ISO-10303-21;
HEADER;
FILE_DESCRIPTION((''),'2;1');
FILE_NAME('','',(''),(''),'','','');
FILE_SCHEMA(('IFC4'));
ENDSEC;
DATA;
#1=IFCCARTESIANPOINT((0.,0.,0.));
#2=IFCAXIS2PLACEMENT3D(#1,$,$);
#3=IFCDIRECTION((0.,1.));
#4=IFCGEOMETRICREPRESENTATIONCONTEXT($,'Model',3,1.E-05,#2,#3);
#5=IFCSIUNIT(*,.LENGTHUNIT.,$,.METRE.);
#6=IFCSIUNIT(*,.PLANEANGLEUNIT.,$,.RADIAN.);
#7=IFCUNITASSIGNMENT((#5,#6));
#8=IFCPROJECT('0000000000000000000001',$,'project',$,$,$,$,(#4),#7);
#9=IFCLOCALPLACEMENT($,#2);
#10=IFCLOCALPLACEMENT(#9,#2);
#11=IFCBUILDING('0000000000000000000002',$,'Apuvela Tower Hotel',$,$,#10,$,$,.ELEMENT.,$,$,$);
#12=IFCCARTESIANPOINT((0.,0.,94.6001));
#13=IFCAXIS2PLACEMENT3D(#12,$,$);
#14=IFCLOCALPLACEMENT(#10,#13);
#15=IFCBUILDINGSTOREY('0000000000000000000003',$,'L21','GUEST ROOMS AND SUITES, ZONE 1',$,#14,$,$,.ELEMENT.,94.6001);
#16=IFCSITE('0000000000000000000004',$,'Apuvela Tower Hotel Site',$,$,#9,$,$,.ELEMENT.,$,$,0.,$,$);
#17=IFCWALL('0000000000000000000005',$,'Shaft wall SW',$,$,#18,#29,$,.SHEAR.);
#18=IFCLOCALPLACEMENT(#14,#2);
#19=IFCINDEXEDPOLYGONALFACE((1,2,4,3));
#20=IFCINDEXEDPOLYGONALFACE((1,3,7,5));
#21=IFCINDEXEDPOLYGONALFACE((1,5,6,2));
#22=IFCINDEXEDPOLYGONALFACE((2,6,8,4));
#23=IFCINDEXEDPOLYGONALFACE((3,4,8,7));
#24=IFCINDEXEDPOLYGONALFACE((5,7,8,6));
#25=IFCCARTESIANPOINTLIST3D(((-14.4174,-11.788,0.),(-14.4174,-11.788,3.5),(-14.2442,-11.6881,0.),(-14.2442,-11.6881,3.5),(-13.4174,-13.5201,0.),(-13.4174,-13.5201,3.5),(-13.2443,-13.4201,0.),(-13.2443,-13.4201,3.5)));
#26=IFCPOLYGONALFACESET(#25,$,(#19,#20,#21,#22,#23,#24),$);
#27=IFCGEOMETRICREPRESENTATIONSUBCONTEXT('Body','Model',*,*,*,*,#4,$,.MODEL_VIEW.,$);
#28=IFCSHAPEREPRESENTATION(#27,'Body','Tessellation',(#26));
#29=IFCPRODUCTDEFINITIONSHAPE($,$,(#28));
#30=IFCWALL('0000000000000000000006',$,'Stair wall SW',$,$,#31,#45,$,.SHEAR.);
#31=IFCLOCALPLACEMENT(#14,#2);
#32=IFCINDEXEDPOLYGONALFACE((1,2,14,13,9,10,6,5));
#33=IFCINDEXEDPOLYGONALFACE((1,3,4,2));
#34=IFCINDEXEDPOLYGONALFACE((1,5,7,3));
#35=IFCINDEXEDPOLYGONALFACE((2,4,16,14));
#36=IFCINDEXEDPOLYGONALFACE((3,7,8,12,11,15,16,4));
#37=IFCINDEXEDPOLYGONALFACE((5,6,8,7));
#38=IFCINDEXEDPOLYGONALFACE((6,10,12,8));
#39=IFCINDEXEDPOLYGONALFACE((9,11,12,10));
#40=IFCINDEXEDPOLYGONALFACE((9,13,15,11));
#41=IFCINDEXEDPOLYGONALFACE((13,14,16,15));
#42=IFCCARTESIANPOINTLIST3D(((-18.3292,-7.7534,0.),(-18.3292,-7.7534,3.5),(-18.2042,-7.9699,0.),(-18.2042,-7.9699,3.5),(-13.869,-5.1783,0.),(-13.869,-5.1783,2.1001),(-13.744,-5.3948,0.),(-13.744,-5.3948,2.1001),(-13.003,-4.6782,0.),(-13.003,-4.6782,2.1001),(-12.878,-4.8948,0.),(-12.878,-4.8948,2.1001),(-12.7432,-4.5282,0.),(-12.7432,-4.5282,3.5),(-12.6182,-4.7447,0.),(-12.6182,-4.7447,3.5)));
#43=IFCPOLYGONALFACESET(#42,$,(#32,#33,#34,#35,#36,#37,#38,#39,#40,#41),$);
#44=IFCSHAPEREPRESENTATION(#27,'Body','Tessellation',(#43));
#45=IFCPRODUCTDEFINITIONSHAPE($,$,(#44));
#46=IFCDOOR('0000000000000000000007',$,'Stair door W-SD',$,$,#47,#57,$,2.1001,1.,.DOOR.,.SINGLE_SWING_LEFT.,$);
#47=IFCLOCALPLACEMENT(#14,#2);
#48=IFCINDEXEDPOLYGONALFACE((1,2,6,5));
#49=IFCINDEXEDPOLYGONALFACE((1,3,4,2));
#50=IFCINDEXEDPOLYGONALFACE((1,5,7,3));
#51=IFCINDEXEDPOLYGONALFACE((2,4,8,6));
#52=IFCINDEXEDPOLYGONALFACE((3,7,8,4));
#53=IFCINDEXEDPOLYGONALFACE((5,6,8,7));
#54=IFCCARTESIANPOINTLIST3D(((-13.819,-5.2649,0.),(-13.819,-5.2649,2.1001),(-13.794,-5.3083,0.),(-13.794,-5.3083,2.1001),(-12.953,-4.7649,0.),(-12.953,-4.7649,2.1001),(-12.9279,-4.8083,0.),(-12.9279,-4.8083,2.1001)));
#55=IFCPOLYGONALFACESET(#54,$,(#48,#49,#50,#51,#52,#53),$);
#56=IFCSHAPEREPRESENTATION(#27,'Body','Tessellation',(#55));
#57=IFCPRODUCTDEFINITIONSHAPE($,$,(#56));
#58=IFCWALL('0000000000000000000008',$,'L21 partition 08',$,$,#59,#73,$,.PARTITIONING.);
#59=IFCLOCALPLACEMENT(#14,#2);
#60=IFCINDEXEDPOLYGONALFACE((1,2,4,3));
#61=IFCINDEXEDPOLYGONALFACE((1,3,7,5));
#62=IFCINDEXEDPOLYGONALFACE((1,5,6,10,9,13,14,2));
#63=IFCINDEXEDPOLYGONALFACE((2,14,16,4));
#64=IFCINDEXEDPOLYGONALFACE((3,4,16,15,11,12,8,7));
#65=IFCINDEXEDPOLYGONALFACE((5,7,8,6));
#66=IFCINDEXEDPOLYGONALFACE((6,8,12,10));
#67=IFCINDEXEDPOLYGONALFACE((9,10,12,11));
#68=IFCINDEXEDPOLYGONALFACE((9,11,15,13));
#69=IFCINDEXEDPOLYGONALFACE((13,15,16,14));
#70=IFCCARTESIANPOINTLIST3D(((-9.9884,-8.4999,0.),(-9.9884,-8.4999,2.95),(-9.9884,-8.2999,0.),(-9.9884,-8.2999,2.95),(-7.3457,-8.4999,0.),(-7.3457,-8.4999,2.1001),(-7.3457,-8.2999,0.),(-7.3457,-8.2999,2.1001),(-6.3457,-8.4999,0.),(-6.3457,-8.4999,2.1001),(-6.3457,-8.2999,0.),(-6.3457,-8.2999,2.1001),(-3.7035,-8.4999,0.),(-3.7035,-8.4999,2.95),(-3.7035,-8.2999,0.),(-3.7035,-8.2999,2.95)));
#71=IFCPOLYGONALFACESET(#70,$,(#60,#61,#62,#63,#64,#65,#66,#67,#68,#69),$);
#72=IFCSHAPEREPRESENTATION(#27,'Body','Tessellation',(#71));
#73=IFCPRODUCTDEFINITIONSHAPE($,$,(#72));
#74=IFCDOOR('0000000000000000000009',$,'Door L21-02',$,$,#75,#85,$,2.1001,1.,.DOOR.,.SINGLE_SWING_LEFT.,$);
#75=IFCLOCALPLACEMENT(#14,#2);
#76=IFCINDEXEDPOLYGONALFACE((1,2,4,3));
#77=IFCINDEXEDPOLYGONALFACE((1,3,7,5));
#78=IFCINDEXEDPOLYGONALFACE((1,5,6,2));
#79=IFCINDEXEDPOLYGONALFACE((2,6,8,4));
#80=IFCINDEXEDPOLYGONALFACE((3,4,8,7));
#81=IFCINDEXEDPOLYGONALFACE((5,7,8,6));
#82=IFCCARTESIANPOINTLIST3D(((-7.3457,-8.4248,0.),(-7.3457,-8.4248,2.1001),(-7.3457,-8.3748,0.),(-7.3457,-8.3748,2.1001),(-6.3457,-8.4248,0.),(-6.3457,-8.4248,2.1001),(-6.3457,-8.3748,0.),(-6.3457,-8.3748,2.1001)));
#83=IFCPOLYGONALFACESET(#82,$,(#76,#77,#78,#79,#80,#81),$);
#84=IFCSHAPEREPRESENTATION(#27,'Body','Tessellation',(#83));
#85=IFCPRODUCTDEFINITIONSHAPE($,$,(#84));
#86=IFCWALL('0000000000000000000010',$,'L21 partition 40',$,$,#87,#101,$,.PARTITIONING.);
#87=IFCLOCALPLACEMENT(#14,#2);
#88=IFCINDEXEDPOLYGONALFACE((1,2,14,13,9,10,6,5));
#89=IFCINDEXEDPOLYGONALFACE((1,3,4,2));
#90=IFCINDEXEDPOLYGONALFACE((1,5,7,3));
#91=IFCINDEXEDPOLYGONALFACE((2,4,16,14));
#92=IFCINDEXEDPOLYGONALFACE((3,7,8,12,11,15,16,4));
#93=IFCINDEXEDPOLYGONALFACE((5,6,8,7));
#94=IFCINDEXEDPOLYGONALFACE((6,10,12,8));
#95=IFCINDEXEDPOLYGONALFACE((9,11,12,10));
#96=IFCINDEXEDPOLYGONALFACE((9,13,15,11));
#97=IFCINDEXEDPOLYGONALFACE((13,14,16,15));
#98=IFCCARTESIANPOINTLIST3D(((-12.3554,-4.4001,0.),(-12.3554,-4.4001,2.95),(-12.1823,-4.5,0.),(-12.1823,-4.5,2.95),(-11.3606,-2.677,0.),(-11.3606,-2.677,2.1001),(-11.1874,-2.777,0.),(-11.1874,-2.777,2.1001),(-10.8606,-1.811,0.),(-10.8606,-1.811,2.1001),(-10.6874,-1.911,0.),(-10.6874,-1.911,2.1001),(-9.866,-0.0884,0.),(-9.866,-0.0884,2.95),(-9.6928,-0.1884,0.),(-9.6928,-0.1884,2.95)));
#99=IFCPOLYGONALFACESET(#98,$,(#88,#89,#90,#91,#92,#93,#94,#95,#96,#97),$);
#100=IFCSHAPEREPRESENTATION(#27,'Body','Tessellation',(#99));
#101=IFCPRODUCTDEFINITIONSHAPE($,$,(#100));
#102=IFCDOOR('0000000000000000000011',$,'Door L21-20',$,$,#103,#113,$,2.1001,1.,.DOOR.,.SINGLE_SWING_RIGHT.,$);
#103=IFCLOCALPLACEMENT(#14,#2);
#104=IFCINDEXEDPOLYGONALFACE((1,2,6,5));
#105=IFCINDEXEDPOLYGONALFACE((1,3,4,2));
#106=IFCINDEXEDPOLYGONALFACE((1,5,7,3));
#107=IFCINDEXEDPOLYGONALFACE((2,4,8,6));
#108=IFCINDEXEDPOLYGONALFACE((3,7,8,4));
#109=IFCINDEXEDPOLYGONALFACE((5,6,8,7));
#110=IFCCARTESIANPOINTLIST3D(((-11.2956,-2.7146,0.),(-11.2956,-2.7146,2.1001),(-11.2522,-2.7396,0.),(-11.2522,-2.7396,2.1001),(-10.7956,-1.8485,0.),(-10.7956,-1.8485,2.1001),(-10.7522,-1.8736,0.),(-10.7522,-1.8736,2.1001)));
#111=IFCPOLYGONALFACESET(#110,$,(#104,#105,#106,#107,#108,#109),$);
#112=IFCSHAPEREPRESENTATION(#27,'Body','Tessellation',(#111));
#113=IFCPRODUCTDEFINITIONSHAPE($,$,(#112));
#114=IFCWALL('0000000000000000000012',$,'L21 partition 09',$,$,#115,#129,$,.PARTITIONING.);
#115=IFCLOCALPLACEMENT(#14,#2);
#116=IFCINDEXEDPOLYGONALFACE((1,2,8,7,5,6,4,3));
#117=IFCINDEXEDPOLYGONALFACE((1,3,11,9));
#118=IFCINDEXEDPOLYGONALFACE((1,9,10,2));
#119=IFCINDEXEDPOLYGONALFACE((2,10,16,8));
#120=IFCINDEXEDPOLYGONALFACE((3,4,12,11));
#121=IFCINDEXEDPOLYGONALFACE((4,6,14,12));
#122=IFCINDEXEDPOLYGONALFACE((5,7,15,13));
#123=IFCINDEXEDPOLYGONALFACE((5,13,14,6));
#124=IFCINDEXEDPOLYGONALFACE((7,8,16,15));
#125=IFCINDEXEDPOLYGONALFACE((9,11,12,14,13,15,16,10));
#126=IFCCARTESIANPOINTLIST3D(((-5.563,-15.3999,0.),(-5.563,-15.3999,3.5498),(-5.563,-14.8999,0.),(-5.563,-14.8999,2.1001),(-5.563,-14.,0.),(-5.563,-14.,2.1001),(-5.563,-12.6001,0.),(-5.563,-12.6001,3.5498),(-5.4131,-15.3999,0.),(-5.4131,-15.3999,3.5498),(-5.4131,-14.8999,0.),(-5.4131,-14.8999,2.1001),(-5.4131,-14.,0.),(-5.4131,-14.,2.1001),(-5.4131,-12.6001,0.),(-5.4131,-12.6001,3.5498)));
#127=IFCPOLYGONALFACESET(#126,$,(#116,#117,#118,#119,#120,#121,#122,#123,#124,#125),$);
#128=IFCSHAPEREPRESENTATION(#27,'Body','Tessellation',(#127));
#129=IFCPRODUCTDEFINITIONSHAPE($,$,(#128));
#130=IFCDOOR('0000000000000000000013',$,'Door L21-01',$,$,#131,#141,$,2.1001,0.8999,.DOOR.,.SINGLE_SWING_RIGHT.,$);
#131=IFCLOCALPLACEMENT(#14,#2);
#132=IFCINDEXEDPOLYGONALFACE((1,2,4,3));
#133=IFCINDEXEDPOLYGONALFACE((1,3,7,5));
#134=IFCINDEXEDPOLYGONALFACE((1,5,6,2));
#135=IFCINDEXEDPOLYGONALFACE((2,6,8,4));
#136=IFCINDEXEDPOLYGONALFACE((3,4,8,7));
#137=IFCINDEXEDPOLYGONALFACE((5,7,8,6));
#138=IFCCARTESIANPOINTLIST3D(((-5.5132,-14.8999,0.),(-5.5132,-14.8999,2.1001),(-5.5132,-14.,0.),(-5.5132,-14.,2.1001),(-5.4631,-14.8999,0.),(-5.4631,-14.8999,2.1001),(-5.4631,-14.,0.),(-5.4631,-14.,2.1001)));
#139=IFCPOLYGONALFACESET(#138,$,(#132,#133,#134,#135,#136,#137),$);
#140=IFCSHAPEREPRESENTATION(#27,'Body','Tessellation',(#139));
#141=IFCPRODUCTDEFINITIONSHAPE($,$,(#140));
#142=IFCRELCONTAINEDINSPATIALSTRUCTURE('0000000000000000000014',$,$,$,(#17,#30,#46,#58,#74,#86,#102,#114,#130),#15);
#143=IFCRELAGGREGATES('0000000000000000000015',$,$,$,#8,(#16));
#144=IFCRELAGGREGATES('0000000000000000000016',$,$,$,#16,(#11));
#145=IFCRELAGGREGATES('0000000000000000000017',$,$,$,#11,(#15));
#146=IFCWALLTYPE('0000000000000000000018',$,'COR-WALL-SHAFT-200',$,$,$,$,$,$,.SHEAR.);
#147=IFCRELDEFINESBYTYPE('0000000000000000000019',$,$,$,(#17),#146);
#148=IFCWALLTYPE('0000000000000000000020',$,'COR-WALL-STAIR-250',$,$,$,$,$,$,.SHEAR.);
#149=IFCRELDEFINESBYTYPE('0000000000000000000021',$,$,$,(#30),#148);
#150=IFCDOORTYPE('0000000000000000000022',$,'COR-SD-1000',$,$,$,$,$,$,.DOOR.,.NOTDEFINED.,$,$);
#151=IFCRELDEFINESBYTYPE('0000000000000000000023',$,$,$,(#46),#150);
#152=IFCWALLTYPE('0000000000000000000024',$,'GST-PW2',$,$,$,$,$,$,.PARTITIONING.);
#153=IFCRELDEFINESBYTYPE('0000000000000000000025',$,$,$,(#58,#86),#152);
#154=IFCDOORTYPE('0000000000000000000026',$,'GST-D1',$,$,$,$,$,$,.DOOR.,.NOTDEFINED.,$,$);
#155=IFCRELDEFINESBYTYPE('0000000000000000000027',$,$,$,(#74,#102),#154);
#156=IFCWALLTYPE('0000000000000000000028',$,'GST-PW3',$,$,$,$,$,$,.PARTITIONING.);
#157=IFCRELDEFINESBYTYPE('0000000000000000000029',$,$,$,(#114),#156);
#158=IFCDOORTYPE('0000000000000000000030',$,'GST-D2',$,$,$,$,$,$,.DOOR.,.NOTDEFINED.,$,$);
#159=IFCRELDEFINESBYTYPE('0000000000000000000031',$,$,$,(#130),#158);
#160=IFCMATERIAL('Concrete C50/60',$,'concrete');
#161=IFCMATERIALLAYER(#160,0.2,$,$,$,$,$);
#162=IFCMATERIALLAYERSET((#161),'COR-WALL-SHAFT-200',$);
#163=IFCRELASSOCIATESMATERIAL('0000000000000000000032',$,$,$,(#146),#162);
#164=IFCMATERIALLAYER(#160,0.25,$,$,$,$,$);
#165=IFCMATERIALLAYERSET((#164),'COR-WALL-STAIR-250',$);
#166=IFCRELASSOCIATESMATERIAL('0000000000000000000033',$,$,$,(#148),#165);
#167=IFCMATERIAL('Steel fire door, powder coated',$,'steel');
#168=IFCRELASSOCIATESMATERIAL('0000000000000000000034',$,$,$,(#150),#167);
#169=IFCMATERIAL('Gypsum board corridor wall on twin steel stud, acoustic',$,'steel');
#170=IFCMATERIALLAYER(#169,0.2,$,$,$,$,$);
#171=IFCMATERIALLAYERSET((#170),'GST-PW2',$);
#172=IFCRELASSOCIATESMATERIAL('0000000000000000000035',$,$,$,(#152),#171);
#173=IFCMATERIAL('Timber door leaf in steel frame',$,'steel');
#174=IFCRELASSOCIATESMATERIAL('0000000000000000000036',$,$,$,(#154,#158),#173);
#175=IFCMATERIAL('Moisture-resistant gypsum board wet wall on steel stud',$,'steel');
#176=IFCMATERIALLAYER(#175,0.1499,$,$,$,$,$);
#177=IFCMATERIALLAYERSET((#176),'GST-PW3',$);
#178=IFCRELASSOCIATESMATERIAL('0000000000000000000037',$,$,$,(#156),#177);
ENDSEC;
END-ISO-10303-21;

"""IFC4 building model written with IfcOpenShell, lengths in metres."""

from ifc_helpers import new_model, si_unit, direction, frame, frame_2d, origin, place, context, subcontext, project, spatial, rectangle, extrude, material, layer, layer_set, type_object, element, fill, save


model = new_model("IFC4")

# Units and contexts
model_context = context("Model", 3, precision=1e-05, world=origin(), true_north=direction((0.0, 1.0)))
body_context = subcontext(model_context, "Body", "Model", "MODEL_VIEW")
ifc_project = project(units=[si_unit("LENGTHUNIT", "METRE"), si_unit("PLANEANGLEUNIT", "RADIAN")], contexts=[model_context])

# Site, building, storey
site_placement = place(None, origin())
site = spatial("IfcSite", under=ifc_project, at=site_placement, Name="Apuvela Tower Hotel Site", CompositionType="ELEMENT", RefElevation=0.0)
building_placement = place(site_placement, origin())
building = spatial("IfcBuilding", under=site, at=building_placement, Name="Apuvela Tower Hotel", CompositionType="ELEMENT")
storey_placement = place(building_placement, frame((0.0, 0.0, 94.6001)))
storey = spatial("IfcBuildingStorey", under=building, at=storey_placement, Name="L21", Description="GUEST ROOMS AND SUITES, ZONE 1", CompositionType="ELEMENT", Elevation=94.6001)

# Shared definitions
ifc_material_1 = material(Name="Concrete C50/60", Category="concrete")

# Shared definitions
ifc_layer_1 = layer(ifc_material_1, 0.2)
ifc_layer_set_1 = layer_set([ifc_layer_1], Name="COR-WALL-SHAFT-200")
wall_type_1 = type_object("IfcWallType", Name="COR-WALL-SHAFT-200", PredefinedType="SHEAR", material=ifc_layer_set_1)

# Shared definitions
ifc_material_2 = material(Name="Steel fire door, powder coated", Category="steel")

# Wall
wall_1_placement = place(storey_placement, frame((-14.3308, -11.738, 0.0), z_axis=(0.0, 0.0, 1.0), x_axis=(0.499973, -0.866041, 0.0)))
element("IfcWall", 1, at=wall_1_placement, inside=storey, type_object=wall_type_1, Name="Shaft wall SW", PredefinedType="SHEAR", context=body_context, shape_type="SweptSolid", body=[
    extrude(rectangle(XDim=2.0, YDim=0.2, at=frame_2d((1.0, 0.0))), origin(), (0.0, 0.0, 1.0), 3.5),
])

# Walls, openings, doors
ifc_layer_2 = layer(ifc_material_1, 0.25)
ifc_layer_set_2 = layer_set([ifc_layer_2], Name="COR-WALL-STAIR-250")
wall_type_2 = type_object("IfcWallType", Name="COR-WALL-STAIR-250", PredefinedType="SHEAR", material=ifc_layer_set_2)
wall_2_placement = place(storey_placement, frame((-12.6807, -4.6365, 0.0), z_axis=(0.0, 0.0, 1.0), x_axis=(-0.866022, -0.500006, 0.0)))
wall_2 = element("IfcWall", 2, at=wall_2_placement, inside=storey, type_object=wall_type_2, Name="Stair wall SW", PredefinedType="SHEAR", context=body_context, shape_type="SweptSolid", body=[
    extrude(rectangle(XDim=6.4502, YDim=0.25, at=frame_2d((3.2251, 0.0))), origin(), (0.0, 0.0, 1.0), 3.5),
])
opening_1_placement = place(wall_2_placement, frame((0.3, 0.0, 0.0)))
opening_1 = element("IfcOpeningElement", 3, at=opening_1_placement, cuts=wall_2, PredefinedType="OPENING", context=body_context, shape_type="SweptSolid", body=[
    extrude(rectangle(XDim=1.0, YDim=2.1001, at=frame_2d((0.5, 1.05))), frame((0.0, 0.135, 0.0), z_axis=(0.0, -1.0, 0.0), x_axis=(1.0, 0.0, 0.0)), (0.0, 0.0, 1.0), 0.27),
])
door_type_1 = type_object("IfcDoorType", Name="COR-SD-1000", OperationType="NOTDEFINED", PredefinedType="DOOR", material=ifc_material_2)
door_1_placement = place(opening_1_placement, frame((1.0, 0.0, 0.0), z_axis=(0.0, 0.0, 1.0), x_axis=(-1.0, 0.0, 0.0)))
door_1 = element("IfcDoor", 4, at=door_1_placement, inside=storey, type_object=door_type_1, Name="Stair door W-SD", OperationType="SINGLE_SWING_LEFT", OverallHeight=2.1001, OverallWidth=1.0, PredefinedType="DOOR", context=body_context, shape_type="SweptSolid", body=[
    extrude(rectangle(XDim=1.0, YDim=2.1001, at=frame_2d((0.5, 1.05))), frame((0.0, 0.0249, 0.0), z_axis=(0.0, -1.0, 0.0), x_axis=(1.0, 0.0, 0.0)), (0.0, 0.0, 1.0), 0.05),
])
fill(opening_1, door_1)
ifc_material_3 = material(Name="Gypsum board corridor wall on twin steel stud, acoustic", Category="steel")
ifc_layer_3 = layer(ifc_material_3, 0.2)
ifc_layer_set_3 = layer_set([ifc_layer_3], Name="GST-PW2")
wall_type_3 = type_object("IfcWallType", Name="GST-PW2", PredefinedType="PARTITIONING", material=ifc_layer_set_3)
wall_3_placement = place(storey_placement, frame((-3.7034, -8.3999, 0.0), z_axis=(0.0, 0.0, 1.0), x_axis=(-1.0, 0.0, 0.0)))
wall_3 = element("IfcWall", 5, at=wall_3_placement, inside=storey, type_object=wall_type_3, Name="L21 partition 08", PredefinedType="PARTITIONING", context=body_context, shape_type="SweptSolid", body=[
    extrude(rectangle(XDim=6.2849, YDim=0.2, at=frame_2d((3.1426, 0.0))), origin(), (0.0, 0.0, 1.0), 2.95),
])
opening_2_placement = place(wall_3_placement, frame((2.6423, 0.0, 0.0)))
opening_2 = element("IfcOpeningElement", 6, at=opening_2_placement, cuts=wall_3, PredefinedType="OPENING", context=body_context, shape_type="SweptSolid", body=[
    extrude(rectangle(XDim=1.0, YDim=2.1001, at=frame_2d((0.5, 1.05))), frame((0.0, 0.1099, 0.0), z_axis=(0.0, -1.0, 0.0), x_axis=(1.0, 0.0, 0.0)), (0.0, 0.0, 1.0), 0.22),
])
ifc_material_4 = material(Name="Timber door leaf in steel frame", Category="steel")
door_type_2 = type_object("IfcDoorType", Name="GST-D1", OperationType="NOTDEFINED", PredefinedType="DOOR", material=ifc_material_4)
door_2_placement = place(opening_2_placement, origin())
door_2 = element("IfcDoor", 7, at=door_2_placement, inside=storey, type_object=door_type_2, Name="Door L21-02", OperationType="SINGLE_SWING_LEFT", OverallHeight=2.1001, OverallWidth=1.0, PredefinedType="DOOR", context=body_context, shape_type="SweptSolid", body=[
    extrude(rectangle(XDim=1.0, YDim=2.1001, at=frame_2d((0.5, 1.05))), frame((0.0, 0.0249, 0.0), z_axis=(0.0, -1.0, 0.0), x_axis=(1.0, 0.0, 0.0)), (0.0, 0.0, 1.0), 0.05),
])
fill(opening_2, door_2)
wall_4_placement = place(storey_placement, frame((-12.2688, -4.45, 0.0), z_axis=(0.0, 0.0, 1.0), x_axis=(0.500015, 0.866017, 0.0)))
wall_4 = element("IfcWall", 8, at=wall_4_placement, inside=storey, type_object=wall_type_3, Name="L21 partition 40", PredefinedType="PARTITIONING", context=body_context, shape_type="SweptSolid", body=[
    extrude(rectangle(XDim=4.9788, YDim=0.2, at=frame_2d((2.4893, 0.0))), origin(), (0.0, 0.0, 1.0), 2.95),
])
opening_3_placement = place(wall_4_placement, frame((1.9895, 0.0, 0.0)))
opening_3 = element("IfcOpeningElement", 9, at=opening_3_placement, cuts=wall_4, PredefinedType="OPENING", context=body_context, shape_type="SweptSolid", body=[
    extrude(rectangle(XDim=1.0, YDim=2.1001, at=frame_2d((0.5, 1.05))), frame((0.0, 0.1099, 0.0), z_axis=(0.0, -1.0, 0.0), x_axis=(1.0, 0.0, 0.0)), (0.0, 0.0, 1.0), 0.22),
])
door_3_placement = place(opening_3_placement, origin())
door_3 = element("IfcDoor", 10, at=door_3_placement, inside=storey, type_object=door_type_2, Name="Door L21-20", OperationType="SINGLE_SWING_RIGHT", OverallHeight=2.1001, OverallWidth=1.0, PredefinedType="DOOR", context=body_context, shape_type="SweptSolid", body=[
    extrude(rectangle(XDim=1.0, YDim=2.1001, at=frame_2d((0.5, 1.05))), frame((0.0, 0.0249, 0.0), z_axis=(0.0, -1.0, 0.0), x_axis=(1.0, 0.0, 0.0)), (0.0, 0.0, 1.0), 0.05),
])
fill(opening_3, door_3)
ifc_material_5 = material(Name="Moisture-resistant gypsum board wet wall on steel stud", Category="steel")
ifc_layer_4 = layer(ifc_material_5, 0.1499)
ifc_layer_set_4 = layer_set([ifc_layer_4], Name="GST-PW3")
wall_type_4 = type_object("IfcWallType", Name="GST-PW3", PredefinedType="PARTITIONING", material=ifc_layer_set_4)
wall_5_placement = place(storey_placement, frame((-5.488, -12.6001, 0.0), z_axis=(0.0, 0.0, 1.0), x_axis=(0.0, -1.0, 0.0)))
wall_5 = element("IfcWall", 11, at=wall_5_placement, inside=storey, type_object=wall_type_4, Name="L21 partition 09", PredefinedType="PARTITIONING", context=body_context, shape_type="SweptSolid", body=[
    extrude(rectangle(XDim=2.7998, YDim=0.1499, at=frame_2d((1.3999, 0.0))), origin(), (0.0, 0.0, 1.0), 3.5498),
])
opening_4_placement = place(wall_5_placement, frame((1.3999, 0.0, 0.0)))
opening_4 = element("IfcOpeningElement", 12, at=opening_4_placement, cuts=wall_5, PredefinedType="OPENING", context=body_context, shape_type="SweptSolid", body=[
    extrude(rectangle(XDim=0.8999, YDim=2.1001, at=frame_2d((0.45, 1.05))), frame((0.0, 0.085, 0.0), z_axis=(0.0, -1.0, 0.0), x_axis=(1.0, 0.0, 0.0)), (0.0, 0.0, 1.0), 0.1699),
])
door_type_3 = type_object("IfcDoorType", Name="GST-D2", OperationType="NOTDEFINED", PredefinedType="DOOR", material=ifc_material_4)
door_4_placement = place(opening_4_placement, origin())
door_4 = element("IfcDoor", 13, at=door_4_placement, inside=storey, type_object=door_type_3, Name="Door L21-01", OperationType="SINGLE_SWING_RIGHT", OverallHeight=2.1001, OverallWidth=0.8999, PredefinedType="DOOR", context=body_context, shape_type="SweptSolid", body=[
    extrude(rectangle(XDim=0.8999, YDim=2.1001, at=frame_2d((0.45, 1.05))), frame((0.0, 0.0249, 0.0), z_axis=(0.0, -1.0, 0.0), x_axis=(1.0, 0.0, 0.0)), (0.0, 0.0, 1.0), 0.05),
])
fill(opening_4, door_4)

save(model, "model.ifc")
